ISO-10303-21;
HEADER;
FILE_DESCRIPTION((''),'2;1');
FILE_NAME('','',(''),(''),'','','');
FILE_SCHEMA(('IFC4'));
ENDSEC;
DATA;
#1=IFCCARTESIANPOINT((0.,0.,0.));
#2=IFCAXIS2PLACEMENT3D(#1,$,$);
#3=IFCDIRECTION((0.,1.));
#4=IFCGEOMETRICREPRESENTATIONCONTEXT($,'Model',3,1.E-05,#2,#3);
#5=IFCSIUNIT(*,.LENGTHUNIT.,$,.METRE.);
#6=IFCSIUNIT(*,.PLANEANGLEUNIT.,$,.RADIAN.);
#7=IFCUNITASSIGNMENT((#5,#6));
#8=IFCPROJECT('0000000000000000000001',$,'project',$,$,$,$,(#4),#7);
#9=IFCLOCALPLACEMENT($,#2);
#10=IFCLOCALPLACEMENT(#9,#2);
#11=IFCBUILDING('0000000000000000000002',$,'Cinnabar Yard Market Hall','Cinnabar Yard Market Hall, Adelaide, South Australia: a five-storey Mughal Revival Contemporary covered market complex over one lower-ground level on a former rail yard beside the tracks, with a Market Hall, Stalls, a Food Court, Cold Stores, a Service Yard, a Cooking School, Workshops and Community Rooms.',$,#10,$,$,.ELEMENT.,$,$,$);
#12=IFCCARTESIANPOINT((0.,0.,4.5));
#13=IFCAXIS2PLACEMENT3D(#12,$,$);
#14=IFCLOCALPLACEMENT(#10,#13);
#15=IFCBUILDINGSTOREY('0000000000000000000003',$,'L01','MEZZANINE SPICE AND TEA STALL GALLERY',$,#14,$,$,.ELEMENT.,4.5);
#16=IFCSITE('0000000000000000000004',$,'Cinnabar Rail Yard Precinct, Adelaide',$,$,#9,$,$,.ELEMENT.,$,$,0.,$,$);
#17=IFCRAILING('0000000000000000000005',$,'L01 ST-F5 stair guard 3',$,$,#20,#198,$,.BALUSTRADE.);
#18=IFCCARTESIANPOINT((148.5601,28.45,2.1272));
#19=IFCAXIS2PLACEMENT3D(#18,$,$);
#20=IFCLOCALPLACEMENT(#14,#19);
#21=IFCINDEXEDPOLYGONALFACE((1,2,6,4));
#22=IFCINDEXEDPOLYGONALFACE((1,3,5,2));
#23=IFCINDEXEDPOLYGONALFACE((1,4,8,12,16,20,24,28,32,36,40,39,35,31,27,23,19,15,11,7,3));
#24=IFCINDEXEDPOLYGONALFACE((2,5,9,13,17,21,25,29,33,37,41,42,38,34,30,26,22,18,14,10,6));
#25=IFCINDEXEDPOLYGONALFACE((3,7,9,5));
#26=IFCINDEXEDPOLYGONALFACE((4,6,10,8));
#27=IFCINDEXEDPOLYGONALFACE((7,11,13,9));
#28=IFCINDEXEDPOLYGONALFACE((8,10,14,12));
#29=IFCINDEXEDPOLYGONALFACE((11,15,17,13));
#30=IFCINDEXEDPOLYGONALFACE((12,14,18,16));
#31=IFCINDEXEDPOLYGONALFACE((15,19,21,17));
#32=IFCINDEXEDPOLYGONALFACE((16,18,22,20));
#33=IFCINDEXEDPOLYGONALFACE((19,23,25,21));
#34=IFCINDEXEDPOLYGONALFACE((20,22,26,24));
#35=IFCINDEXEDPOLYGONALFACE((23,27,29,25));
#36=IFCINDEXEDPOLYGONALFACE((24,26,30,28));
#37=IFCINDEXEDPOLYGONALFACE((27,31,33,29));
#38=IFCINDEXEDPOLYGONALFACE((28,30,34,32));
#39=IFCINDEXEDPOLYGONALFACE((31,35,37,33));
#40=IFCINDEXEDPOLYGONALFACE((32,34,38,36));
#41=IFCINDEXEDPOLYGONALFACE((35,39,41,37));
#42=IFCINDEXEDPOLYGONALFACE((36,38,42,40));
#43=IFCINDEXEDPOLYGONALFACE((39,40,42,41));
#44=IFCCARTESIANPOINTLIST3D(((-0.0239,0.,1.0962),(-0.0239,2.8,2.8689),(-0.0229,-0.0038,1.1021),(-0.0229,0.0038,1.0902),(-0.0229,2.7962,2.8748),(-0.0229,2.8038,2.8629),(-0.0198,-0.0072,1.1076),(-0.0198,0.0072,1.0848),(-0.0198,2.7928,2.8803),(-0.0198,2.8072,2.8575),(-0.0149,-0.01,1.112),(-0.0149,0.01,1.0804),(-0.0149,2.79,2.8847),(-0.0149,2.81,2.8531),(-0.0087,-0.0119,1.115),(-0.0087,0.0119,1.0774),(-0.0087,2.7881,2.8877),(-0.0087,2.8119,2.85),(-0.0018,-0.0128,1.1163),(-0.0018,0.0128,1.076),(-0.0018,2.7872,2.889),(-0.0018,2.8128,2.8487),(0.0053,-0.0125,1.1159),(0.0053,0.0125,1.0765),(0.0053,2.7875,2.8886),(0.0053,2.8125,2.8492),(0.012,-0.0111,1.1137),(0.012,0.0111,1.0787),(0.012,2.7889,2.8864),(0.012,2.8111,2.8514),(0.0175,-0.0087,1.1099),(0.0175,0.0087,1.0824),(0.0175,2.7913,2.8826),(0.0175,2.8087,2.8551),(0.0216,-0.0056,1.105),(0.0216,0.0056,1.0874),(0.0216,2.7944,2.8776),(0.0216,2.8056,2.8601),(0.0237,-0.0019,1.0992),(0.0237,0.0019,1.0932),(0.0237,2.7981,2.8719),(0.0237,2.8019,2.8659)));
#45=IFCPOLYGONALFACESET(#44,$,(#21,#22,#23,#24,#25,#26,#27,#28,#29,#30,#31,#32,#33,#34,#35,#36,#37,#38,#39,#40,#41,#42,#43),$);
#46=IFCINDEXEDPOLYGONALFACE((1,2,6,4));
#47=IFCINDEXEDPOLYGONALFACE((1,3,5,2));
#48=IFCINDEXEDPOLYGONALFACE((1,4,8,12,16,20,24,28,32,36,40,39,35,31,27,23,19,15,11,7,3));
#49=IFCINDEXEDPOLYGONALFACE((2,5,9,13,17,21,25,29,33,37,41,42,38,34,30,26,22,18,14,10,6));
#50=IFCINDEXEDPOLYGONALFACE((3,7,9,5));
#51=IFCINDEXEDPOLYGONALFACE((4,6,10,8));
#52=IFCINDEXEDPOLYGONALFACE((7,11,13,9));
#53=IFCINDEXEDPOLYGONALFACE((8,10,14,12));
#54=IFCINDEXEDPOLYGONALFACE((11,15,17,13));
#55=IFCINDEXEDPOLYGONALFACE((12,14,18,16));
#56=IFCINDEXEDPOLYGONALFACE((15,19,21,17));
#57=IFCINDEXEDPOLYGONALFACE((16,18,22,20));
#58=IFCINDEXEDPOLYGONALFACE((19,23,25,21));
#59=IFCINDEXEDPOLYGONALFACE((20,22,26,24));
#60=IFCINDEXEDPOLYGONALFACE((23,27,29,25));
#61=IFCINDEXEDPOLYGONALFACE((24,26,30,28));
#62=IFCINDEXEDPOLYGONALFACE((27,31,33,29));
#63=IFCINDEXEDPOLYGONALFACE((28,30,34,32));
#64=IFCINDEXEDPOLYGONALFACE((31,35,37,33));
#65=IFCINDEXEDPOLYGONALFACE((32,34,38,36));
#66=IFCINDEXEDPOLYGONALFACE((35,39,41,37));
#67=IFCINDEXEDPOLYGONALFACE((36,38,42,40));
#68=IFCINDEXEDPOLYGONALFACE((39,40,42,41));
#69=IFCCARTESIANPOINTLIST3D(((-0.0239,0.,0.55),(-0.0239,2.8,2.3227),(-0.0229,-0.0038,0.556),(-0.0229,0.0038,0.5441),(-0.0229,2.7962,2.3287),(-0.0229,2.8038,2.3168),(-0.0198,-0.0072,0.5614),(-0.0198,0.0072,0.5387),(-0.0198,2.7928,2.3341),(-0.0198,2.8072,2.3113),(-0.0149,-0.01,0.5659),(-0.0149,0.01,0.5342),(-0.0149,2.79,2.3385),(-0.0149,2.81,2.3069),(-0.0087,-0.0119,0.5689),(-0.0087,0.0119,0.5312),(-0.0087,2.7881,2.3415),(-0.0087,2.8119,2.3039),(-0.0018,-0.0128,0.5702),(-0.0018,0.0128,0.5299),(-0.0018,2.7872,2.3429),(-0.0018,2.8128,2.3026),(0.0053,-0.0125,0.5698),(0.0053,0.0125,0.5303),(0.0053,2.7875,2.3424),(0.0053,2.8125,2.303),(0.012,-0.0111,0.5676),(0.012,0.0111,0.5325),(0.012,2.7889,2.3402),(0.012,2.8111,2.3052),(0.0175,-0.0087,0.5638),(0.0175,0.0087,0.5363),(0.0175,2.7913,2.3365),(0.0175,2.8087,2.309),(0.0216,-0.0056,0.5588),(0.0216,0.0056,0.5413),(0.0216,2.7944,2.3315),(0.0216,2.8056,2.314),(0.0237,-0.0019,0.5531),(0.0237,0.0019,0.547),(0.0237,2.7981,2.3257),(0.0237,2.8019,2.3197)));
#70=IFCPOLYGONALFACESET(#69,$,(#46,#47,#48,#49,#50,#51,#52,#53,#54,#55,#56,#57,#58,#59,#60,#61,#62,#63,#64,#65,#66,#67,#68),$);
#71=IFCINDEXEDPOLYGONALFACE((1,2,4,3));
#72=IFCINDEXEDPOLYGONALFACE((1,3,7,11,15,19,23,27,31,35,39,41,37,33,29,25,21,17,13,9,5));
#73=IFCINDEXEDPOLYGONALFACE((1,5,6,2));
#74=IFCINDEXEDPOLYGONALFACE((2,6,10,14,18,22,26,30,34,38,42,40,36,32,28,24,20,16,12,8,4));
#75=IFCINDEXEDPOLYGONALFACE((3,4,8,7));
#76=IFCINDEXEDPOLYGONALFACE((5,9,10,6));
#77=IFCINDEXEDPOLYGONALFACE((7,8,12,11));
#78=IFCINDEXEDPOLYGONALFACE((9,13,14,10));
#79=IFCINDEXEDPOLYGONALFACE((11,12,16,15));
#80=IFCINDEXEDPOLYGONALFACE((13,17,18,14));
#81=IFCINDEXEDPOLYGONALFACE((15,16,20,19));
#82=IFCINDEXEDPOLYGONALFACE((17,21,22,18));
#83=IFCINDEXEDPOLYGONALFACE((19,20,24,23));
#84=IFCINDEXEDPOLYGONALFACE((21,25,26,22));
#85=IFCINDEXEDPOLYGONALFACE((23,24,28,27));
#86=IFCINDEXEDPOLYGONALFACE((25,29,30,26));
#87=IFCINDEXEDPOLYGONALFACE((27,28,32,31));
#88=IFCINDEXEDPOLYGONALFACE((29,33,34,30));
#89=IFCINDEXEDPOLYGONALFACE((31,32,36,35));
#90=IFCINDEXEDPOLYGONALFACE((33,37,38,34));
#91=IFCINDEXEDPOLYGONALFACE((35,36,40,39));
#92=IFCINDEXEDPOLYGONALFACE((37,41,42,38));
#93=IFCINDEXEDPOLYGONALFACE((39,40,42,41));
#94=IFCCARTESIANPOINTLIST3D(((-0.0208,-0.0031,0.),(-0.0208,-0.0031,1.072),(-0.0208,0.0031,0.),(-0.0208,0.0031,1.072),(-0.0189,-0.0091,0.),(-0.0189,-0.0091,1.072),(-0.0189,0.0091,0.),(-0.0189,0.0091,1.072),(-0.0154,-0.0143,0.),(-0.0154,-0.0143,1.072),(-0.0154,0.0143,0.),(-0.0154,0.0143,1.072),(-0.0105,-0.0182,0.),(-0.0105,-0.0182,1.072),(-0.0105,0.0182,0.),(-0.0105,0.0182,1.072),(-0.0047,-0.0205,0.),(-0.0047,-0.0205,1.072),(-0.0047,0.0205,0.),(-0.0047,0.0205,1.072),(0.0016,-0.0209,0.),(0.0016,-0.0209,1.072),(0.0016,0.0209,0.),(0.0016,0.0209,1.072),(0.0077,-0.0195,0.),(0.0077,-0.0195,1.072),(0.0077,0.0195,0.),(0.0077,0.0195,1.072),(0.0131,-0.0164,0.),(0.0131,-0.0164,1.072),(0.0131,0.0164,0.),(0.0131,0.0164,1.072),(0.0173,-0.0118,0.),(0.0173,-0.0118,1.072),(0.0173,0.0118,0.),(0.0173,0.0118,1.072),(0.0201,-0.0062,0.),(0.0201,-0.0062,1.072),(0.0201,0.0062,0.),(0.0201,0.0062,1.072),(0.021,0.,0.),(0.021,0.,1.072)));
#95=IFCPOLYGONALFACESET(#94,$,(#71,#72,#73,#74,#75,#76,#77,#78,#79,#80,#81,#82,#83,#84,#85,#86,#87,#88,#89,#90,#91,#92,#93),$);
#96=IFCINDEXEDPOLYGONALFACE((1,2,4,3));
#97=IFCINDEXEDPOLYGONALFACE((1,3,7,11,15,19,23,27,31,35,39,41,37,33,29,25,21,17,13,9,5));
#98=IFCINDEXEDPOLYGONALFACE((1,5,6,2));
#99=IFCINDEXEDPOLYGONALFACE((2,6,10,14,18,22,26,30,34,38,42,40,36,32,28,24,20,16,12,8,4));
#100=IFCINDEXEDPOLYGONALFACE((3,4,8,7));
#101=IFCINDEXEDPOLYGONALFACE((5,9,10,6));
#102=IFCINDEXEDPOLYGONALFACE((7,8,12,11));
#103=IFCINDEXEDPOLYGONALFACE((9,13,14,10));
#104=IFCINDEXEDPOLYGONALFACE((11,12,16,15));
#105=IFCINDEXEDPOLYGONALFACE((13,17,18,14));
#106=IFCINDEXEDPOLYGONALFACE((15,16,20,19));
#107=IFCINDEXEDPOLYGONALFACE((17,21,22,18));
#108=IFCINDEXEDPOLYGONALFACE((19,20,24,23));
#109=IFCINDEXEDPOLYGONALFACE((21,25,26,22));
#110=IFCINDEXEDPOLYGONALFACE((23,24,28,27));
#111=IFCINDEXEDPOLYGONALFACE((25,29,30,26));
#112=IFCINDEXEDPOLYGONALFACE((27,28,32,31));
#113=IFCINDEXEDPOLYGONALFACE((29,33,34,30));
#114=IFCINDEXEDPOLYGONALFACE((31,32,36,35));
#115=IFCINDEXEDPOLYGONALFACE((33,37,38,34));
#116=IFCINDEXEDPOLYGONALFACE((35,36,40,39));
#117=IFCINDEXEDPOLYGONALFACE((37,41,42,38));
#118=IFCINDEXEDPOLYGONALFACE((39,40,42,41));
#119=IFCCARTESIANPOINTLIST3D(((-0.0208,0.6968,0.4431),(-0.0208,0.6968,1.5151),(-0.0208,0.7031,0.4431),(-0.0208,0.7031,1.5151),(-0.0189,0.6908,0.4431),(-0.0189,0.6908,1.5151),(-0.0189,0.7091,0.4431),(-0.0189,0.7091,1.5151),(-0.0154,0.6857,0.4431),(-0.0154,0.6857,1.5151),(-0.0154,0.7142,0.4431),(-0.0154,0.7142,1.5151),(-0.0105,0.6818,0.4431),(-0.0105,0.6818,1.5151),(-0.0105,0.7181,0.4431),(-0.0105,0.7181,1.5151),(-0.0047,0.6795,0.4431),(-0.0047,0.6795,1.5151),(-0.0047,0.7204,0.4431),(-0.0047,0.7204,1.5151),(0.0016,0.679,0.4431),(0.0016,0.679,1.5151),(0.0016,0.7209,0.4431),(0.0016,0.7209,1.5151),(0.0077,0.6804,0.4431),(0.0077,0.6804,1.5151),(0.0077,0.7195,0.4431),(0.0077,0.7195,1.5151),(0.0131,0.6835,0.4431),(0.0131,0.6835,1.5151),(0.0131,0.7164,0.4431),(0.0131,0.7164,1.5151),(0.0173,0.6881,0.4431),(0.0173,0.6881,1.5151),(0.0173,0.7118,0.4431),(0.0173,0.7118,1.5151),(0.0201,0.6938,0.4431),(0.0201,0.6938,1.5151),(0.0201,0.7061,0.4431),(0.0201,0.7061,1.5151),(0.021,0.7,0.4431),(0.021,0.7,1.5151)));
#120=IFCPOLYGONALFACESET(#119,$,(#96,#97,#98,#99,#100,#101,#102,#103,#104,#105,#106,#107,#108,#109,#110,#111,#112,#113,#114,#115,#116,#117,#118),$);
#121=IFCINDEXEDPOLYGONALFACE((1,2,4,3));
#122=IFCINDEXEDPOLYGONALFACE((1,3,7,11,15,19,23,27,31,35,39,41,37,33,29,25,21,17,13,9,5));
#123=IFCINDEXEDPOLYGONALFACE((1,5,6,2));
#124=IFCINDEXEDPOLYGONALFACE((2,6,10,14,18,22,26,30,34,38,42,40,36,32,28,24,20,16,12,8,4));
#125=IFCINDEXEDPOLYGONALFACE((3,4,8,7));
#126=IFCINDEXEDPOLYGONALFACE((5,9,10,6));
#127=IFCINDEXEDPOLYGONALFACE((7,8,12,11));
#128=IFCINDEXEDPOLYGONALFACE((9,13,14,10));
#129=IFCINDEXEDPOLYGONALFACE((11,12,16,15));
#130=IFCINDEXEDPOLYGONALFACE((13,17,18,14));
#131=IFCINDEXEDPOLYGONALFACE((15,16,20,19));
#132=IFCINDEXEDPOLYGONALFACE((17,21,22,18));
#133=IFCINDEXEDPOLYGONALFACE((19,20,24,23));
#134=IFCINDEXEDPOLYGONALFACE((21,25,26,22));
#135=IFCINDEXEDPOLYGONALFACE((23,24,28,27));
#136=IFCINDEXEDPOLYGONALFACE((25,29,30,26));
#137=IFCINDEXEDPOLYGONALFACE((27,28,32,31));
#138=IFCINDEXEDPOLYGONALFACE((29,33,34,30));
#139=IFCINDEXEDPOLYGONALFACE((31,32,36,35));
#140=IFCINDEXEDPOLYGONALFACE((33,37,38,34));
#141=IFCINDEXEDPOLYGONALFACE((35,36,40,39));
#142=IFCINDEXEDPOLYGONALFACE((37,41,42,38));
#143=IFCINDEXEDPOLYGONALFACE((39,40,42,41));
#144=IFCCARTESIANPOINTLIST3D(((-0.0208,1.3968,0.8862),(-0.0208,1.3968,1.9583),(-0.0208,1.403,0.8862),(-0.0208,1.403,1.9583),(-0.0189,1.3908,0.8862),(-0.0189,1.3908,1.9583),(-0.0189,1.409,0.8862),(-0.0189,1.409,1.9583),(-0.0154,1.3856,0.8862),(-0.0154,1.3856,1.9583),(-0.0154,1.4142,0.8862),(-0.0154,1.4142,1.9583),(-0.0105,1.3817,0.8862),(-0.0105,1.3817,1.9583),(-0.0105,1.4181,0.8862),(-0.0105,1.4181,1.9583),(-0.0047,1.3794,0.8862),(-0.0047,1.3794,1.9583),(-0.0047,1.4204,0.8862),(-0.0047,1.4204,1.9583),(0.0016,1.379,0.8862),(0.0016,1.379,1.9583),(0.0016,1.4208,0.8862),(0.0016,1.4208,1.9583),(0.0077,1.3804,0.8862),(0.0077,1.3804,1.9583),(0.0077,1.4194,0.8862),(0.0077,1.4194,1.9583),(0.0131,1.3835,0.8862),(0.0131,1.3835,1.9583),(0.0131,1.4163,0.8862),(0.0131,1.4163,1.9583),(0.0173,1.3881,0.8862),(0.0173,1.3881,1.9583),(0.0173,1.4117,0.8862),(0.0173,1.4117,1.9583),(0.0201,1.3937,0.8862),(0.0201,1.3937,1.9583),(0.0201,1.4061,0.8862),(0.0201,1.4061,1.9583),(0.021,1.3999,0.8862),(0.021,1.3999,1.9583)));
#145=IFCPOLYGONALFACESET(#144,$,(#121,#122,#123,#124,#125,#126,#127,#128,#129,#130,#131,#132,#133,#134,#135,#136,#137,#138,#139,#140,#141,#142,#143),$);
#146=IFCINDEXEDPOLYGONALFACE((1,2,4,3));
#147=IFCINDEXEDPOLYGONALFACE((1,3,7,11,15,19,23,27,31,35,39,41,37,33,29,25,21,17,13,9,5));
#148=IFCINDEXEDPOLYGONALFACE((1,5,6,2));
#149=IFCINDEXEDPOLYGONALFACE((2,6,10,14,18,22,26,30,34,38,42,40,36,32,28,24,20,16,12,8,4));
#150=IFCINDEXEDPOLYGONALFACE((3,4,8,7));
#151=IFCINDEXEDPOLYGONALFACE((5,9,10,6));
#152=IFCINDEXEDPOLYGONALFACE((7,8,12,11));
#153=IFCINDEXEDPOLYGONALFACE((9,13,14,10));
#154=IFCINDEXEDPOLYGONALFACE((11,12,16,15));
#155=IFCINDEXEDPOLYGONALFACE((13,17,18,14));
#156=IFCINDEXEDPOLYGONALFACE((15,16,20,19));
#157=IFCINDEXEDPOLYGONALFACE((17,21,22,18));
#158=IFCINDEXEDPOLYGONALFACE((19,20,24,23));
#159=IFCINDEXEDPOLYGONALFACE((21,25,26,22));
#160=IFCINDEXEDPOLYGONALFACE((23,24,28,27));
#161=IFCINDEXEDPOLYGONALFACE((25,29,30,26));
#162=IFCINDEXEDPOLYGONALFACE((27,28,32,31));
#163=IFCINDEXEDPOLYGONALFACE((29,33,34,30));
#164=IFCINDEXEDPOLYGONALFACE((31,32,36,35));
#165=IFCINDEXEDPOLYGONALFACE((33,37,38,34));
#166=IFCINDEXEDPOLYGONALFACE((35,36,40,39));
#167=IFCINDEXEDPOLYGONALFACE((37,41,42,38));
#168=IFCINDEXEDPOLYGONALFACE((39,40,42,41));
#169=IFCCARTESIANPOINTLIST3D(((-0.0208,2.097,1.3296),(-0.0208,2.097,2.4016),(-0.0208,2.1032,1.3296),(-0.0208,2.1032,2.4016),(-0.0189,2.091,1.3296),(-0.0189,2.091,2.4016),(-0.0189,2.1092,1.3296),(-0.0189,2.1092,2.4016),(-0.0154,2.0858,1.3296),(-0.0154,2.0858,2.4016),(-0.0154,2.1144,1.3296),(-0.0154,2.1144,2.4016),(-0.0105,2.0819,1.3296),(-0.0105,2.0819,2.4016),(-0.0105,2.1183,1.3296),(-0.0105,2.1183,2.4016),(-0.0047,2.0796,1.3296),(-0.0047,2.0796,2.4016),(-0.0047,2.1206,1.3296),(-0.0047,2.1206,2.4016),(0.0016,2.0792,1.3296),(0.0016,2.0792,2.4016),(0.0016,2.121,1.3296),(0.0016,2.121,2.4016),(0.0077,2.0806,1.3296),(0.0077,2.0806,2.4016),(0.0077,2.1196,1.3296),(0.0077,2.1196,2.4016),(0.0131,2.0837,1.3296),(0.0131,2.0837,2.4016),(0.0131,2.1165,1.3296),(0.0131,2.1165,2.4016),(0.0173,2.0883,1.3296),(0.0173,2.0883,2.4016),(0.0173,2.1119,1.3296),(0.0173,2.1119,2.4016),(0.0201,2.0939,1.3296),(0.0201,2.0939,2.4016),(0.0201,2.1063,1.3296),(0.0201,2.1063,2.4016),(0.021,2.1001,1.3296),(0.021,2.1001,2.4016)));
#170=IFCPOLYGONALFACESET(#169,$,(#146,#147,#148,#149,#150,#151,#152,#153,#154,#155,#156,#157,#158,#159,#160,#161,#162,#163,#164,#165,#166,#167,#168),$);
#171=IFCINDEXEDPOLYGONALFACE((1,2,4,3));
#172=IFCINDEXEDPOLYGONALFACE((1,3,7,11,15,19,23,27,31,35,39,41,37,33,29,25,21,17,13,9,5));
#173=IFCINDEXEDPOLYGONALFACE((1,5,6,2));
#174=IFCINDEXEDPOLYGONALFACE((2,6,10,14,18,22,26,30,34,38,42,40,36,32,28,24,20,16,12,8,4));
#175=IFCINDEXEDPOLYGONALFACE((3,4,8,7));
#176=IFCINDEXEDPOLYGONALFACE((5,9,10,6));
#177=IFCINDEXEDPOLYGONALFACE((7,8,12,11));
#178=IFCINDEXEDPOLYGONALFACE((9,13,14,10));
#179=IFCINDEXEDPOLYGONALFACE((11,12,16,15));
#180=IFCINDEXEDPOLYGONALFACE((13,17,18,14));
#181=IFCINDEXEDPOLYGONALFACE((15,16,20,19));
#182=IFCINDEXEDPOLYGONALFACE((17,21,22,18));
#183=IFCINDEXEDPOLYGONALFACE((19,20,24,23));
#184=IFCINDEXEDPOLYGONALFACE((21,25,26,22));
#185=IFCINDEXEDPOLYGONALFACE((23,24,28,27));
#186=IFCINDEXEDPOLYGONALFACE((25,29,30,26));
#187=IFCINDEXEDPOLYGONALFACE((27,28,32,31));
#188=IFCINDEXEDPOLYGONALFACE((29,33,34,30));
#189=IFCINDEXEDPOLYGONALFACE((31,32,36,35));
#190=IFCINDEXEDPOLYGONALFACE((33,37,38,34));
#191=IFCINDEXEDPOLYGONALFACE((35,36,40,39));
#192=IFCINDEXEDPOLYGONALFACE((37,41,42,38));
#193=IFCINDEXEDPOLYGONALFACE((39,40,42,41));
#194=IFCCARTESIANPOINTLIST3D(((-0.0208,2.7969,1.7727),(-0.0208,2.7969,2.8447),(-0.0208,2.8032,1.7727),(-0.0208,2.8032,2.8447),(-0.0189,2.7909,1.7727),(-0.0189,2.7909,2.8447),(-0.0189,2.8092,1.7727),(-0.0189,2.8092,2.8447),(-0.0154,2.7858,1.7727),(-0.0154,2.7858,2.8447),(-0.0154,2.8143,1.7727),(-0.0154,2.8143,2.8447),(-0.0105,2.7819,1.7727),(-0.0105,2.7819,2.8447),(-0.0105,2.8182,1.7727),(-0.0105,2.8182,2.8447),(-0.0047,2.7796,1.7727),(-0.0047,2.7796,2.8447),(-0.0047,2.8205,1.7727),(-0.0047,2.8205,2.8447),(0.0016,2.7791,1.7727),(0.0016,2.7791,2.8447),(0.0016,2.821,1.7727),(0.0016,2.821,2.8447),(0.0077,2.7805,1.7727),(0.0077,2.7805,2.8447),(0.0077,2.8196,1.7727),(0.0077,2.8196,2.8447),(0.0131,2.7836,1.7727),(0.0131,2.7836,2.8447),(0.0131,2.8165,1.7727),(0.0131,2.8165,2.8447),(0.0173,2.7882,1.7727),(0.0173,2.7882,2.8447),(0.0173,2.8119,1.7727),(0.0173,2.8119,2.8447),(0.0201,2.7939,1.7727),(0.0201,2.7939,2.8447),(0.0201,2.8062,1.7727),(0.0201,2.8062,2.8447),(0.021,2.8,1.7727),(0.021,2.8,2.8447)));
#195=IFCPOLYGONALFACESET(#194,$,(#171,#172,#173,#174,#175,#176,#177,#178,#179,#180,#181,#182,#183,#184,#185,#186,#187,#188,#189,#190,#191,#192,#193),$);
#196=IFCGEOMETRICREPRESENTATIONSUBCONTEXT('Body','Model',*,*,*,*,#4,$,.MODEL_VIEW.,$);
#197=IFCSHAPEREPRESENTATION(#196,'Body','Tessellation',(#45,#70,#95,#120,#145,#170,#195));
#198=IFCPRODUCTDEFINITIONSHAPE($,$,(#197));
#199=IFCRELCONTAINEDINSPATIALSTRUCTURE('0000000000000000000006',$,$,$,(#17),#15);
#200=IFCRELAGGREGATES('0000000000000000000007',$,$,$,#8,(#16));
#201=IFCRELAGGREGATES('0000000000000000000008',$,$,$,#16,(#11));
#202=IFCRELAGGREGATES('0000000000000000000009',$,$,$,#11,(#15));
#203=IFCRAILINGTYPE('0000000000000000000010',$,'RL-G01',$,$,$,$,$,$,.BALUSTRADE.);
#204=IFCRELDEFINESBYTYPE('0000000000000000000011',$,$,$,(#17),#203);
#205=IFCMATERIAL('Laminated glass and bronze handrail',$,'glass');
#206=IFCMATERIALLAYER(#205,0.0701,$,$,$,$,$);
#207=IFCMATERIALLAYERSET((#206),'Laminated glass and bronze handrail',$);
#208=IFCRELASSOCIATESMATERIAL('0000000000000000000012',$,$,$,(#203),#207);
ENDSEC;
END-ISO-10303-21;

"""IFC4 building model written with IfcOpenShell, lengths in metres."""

from ifc_helpers import new_model, si_unit, direction, frame, origin, origin_2d_with_axis, place, context, subcontext, project, spatial, circle, extrude, material, layer, layer_set, type_object, element, save


model = new_model("IFC4")

# Units and contexts
model_context = context("Model", 3, precision=1e-05, world=origin(), true_north=direction((0.0, 1.0)))
body_context = subcontext(model_context, "Body", "Model", "MODEL_VIEW")
ifc_project = project(units=[si_unit("LENGTHUNIT", "METRE"), si_unit("PLANEANGLEUNIT", "RADIAN")], contexts=[model_context])

# Site, building, storey
site_placement = place(None, origin())
site = spatial("IfcSite", under=ifc_project, at=site_placement, Name="Cinnabar Rail Yard Precinct, Adelaide", CompositionType="ELEMENT", RefElevation=0.0)
building_placement = place(site_placement, origin())
building = spatial("IfcBuilding", under=site, at=building_placement, Name="Cinnabar Yard Market Hall", Description="Cinnabar Yard Market Hall, Adelaide, South Australia: a five-storey Mughal Revival Contemporary covered market complex over one lower-ground level on a former rail yard beside the tracks, with a Market Hall, Stalls, a Food Court, Cold Stores, a Service Yard, a Cooking School, Workshops and Community Rooms.", CompositionType="ELEMENT")
storey_placement = place(building_placement, frame((0.0, 0.0, 4.5)))
storey = spatial("IfcBuildingStorey", under=building, at=storey_placement, Name="L01", Description="MEZZANINE SPICE AND TEA STALL GALLERY", CompositionType="ELEMENT", Elevation=4.5)

# Railing
ifc_material_1 = material(Name="Laminated glass and bronze handrail", Category="glass")
ifc_layer_1 = layer(ifc_material_1, 0.0701)
ifc_layer_set_1 = layer_set([ifc_layer_1], Name="Laminated glass and bronze handrail")
railing_type_1 = type_object("IfcRailingType", Name="RL-G01", PredefinedType="BALUSTRADE", material=ifc_layer_set_1)
railing_1_placement = place(storey_placement, frame((148.5601, 28.45, 2.1272)))
element("IfcRailing", 1, at=railing_1_placement, inside=storey, type_object=railing_type_1, Name="L01 ST-F5 stair guard 3", PredefinedType="BALUSTRADE", context=body_context, shape_type="SweptSolid", body=[
    extrude(circle(Radius=0.0239, at=origin_2d_with_axis()), frame((0.0, 0.0, 1.0962), z_axis=(0.0, 0.844909, 0.53491), x_axis=(-1.0, 0.0, 0.0)), (0.0, 0.0, 1.0), 3.314),
    extrude(circle(Radius=0.0239, at=origin_2d_with_axis()), frame((0.0, 0.0, 0.55), z_axis=(0.0, 0.844909, 0.53491), x_axis=(-1.0, 0.0, 0.0)), (0.0, 0.0, 1.0), 3.314),
    extrude(circle(Radius=0.021, at=origin_2d_with_axis()), origin(), (0.0, 0.0, 1.0), 1.072),
    extrude(circle(Radius=0.021, at=origin_2d_with_axis()), frame((0.0, 0.7, 0.4431)), (0.0, 0.0, 1.0), 1.072),
    extrude(circle(Radius=0.021, at=origin_2d_with_axis()), frame((0.0, 1.3999, 0.8862)), (0.0, 0.0, 1.0), 1.072),
    extrude(circle(Radius=0.021, at=origin_2d_with_axis()), frame((0.0, 2.1001, 1.3296)), (0.0, 0.0, 1.0), 1.072),
    extrude(circle(Radius=0.021, at=origin_2d_with_axis()), frame((0.0, 2.8, 1.7727)), (0.0, 0.0, 1.0), 1.072),
])

save(model, "model.ifc")
